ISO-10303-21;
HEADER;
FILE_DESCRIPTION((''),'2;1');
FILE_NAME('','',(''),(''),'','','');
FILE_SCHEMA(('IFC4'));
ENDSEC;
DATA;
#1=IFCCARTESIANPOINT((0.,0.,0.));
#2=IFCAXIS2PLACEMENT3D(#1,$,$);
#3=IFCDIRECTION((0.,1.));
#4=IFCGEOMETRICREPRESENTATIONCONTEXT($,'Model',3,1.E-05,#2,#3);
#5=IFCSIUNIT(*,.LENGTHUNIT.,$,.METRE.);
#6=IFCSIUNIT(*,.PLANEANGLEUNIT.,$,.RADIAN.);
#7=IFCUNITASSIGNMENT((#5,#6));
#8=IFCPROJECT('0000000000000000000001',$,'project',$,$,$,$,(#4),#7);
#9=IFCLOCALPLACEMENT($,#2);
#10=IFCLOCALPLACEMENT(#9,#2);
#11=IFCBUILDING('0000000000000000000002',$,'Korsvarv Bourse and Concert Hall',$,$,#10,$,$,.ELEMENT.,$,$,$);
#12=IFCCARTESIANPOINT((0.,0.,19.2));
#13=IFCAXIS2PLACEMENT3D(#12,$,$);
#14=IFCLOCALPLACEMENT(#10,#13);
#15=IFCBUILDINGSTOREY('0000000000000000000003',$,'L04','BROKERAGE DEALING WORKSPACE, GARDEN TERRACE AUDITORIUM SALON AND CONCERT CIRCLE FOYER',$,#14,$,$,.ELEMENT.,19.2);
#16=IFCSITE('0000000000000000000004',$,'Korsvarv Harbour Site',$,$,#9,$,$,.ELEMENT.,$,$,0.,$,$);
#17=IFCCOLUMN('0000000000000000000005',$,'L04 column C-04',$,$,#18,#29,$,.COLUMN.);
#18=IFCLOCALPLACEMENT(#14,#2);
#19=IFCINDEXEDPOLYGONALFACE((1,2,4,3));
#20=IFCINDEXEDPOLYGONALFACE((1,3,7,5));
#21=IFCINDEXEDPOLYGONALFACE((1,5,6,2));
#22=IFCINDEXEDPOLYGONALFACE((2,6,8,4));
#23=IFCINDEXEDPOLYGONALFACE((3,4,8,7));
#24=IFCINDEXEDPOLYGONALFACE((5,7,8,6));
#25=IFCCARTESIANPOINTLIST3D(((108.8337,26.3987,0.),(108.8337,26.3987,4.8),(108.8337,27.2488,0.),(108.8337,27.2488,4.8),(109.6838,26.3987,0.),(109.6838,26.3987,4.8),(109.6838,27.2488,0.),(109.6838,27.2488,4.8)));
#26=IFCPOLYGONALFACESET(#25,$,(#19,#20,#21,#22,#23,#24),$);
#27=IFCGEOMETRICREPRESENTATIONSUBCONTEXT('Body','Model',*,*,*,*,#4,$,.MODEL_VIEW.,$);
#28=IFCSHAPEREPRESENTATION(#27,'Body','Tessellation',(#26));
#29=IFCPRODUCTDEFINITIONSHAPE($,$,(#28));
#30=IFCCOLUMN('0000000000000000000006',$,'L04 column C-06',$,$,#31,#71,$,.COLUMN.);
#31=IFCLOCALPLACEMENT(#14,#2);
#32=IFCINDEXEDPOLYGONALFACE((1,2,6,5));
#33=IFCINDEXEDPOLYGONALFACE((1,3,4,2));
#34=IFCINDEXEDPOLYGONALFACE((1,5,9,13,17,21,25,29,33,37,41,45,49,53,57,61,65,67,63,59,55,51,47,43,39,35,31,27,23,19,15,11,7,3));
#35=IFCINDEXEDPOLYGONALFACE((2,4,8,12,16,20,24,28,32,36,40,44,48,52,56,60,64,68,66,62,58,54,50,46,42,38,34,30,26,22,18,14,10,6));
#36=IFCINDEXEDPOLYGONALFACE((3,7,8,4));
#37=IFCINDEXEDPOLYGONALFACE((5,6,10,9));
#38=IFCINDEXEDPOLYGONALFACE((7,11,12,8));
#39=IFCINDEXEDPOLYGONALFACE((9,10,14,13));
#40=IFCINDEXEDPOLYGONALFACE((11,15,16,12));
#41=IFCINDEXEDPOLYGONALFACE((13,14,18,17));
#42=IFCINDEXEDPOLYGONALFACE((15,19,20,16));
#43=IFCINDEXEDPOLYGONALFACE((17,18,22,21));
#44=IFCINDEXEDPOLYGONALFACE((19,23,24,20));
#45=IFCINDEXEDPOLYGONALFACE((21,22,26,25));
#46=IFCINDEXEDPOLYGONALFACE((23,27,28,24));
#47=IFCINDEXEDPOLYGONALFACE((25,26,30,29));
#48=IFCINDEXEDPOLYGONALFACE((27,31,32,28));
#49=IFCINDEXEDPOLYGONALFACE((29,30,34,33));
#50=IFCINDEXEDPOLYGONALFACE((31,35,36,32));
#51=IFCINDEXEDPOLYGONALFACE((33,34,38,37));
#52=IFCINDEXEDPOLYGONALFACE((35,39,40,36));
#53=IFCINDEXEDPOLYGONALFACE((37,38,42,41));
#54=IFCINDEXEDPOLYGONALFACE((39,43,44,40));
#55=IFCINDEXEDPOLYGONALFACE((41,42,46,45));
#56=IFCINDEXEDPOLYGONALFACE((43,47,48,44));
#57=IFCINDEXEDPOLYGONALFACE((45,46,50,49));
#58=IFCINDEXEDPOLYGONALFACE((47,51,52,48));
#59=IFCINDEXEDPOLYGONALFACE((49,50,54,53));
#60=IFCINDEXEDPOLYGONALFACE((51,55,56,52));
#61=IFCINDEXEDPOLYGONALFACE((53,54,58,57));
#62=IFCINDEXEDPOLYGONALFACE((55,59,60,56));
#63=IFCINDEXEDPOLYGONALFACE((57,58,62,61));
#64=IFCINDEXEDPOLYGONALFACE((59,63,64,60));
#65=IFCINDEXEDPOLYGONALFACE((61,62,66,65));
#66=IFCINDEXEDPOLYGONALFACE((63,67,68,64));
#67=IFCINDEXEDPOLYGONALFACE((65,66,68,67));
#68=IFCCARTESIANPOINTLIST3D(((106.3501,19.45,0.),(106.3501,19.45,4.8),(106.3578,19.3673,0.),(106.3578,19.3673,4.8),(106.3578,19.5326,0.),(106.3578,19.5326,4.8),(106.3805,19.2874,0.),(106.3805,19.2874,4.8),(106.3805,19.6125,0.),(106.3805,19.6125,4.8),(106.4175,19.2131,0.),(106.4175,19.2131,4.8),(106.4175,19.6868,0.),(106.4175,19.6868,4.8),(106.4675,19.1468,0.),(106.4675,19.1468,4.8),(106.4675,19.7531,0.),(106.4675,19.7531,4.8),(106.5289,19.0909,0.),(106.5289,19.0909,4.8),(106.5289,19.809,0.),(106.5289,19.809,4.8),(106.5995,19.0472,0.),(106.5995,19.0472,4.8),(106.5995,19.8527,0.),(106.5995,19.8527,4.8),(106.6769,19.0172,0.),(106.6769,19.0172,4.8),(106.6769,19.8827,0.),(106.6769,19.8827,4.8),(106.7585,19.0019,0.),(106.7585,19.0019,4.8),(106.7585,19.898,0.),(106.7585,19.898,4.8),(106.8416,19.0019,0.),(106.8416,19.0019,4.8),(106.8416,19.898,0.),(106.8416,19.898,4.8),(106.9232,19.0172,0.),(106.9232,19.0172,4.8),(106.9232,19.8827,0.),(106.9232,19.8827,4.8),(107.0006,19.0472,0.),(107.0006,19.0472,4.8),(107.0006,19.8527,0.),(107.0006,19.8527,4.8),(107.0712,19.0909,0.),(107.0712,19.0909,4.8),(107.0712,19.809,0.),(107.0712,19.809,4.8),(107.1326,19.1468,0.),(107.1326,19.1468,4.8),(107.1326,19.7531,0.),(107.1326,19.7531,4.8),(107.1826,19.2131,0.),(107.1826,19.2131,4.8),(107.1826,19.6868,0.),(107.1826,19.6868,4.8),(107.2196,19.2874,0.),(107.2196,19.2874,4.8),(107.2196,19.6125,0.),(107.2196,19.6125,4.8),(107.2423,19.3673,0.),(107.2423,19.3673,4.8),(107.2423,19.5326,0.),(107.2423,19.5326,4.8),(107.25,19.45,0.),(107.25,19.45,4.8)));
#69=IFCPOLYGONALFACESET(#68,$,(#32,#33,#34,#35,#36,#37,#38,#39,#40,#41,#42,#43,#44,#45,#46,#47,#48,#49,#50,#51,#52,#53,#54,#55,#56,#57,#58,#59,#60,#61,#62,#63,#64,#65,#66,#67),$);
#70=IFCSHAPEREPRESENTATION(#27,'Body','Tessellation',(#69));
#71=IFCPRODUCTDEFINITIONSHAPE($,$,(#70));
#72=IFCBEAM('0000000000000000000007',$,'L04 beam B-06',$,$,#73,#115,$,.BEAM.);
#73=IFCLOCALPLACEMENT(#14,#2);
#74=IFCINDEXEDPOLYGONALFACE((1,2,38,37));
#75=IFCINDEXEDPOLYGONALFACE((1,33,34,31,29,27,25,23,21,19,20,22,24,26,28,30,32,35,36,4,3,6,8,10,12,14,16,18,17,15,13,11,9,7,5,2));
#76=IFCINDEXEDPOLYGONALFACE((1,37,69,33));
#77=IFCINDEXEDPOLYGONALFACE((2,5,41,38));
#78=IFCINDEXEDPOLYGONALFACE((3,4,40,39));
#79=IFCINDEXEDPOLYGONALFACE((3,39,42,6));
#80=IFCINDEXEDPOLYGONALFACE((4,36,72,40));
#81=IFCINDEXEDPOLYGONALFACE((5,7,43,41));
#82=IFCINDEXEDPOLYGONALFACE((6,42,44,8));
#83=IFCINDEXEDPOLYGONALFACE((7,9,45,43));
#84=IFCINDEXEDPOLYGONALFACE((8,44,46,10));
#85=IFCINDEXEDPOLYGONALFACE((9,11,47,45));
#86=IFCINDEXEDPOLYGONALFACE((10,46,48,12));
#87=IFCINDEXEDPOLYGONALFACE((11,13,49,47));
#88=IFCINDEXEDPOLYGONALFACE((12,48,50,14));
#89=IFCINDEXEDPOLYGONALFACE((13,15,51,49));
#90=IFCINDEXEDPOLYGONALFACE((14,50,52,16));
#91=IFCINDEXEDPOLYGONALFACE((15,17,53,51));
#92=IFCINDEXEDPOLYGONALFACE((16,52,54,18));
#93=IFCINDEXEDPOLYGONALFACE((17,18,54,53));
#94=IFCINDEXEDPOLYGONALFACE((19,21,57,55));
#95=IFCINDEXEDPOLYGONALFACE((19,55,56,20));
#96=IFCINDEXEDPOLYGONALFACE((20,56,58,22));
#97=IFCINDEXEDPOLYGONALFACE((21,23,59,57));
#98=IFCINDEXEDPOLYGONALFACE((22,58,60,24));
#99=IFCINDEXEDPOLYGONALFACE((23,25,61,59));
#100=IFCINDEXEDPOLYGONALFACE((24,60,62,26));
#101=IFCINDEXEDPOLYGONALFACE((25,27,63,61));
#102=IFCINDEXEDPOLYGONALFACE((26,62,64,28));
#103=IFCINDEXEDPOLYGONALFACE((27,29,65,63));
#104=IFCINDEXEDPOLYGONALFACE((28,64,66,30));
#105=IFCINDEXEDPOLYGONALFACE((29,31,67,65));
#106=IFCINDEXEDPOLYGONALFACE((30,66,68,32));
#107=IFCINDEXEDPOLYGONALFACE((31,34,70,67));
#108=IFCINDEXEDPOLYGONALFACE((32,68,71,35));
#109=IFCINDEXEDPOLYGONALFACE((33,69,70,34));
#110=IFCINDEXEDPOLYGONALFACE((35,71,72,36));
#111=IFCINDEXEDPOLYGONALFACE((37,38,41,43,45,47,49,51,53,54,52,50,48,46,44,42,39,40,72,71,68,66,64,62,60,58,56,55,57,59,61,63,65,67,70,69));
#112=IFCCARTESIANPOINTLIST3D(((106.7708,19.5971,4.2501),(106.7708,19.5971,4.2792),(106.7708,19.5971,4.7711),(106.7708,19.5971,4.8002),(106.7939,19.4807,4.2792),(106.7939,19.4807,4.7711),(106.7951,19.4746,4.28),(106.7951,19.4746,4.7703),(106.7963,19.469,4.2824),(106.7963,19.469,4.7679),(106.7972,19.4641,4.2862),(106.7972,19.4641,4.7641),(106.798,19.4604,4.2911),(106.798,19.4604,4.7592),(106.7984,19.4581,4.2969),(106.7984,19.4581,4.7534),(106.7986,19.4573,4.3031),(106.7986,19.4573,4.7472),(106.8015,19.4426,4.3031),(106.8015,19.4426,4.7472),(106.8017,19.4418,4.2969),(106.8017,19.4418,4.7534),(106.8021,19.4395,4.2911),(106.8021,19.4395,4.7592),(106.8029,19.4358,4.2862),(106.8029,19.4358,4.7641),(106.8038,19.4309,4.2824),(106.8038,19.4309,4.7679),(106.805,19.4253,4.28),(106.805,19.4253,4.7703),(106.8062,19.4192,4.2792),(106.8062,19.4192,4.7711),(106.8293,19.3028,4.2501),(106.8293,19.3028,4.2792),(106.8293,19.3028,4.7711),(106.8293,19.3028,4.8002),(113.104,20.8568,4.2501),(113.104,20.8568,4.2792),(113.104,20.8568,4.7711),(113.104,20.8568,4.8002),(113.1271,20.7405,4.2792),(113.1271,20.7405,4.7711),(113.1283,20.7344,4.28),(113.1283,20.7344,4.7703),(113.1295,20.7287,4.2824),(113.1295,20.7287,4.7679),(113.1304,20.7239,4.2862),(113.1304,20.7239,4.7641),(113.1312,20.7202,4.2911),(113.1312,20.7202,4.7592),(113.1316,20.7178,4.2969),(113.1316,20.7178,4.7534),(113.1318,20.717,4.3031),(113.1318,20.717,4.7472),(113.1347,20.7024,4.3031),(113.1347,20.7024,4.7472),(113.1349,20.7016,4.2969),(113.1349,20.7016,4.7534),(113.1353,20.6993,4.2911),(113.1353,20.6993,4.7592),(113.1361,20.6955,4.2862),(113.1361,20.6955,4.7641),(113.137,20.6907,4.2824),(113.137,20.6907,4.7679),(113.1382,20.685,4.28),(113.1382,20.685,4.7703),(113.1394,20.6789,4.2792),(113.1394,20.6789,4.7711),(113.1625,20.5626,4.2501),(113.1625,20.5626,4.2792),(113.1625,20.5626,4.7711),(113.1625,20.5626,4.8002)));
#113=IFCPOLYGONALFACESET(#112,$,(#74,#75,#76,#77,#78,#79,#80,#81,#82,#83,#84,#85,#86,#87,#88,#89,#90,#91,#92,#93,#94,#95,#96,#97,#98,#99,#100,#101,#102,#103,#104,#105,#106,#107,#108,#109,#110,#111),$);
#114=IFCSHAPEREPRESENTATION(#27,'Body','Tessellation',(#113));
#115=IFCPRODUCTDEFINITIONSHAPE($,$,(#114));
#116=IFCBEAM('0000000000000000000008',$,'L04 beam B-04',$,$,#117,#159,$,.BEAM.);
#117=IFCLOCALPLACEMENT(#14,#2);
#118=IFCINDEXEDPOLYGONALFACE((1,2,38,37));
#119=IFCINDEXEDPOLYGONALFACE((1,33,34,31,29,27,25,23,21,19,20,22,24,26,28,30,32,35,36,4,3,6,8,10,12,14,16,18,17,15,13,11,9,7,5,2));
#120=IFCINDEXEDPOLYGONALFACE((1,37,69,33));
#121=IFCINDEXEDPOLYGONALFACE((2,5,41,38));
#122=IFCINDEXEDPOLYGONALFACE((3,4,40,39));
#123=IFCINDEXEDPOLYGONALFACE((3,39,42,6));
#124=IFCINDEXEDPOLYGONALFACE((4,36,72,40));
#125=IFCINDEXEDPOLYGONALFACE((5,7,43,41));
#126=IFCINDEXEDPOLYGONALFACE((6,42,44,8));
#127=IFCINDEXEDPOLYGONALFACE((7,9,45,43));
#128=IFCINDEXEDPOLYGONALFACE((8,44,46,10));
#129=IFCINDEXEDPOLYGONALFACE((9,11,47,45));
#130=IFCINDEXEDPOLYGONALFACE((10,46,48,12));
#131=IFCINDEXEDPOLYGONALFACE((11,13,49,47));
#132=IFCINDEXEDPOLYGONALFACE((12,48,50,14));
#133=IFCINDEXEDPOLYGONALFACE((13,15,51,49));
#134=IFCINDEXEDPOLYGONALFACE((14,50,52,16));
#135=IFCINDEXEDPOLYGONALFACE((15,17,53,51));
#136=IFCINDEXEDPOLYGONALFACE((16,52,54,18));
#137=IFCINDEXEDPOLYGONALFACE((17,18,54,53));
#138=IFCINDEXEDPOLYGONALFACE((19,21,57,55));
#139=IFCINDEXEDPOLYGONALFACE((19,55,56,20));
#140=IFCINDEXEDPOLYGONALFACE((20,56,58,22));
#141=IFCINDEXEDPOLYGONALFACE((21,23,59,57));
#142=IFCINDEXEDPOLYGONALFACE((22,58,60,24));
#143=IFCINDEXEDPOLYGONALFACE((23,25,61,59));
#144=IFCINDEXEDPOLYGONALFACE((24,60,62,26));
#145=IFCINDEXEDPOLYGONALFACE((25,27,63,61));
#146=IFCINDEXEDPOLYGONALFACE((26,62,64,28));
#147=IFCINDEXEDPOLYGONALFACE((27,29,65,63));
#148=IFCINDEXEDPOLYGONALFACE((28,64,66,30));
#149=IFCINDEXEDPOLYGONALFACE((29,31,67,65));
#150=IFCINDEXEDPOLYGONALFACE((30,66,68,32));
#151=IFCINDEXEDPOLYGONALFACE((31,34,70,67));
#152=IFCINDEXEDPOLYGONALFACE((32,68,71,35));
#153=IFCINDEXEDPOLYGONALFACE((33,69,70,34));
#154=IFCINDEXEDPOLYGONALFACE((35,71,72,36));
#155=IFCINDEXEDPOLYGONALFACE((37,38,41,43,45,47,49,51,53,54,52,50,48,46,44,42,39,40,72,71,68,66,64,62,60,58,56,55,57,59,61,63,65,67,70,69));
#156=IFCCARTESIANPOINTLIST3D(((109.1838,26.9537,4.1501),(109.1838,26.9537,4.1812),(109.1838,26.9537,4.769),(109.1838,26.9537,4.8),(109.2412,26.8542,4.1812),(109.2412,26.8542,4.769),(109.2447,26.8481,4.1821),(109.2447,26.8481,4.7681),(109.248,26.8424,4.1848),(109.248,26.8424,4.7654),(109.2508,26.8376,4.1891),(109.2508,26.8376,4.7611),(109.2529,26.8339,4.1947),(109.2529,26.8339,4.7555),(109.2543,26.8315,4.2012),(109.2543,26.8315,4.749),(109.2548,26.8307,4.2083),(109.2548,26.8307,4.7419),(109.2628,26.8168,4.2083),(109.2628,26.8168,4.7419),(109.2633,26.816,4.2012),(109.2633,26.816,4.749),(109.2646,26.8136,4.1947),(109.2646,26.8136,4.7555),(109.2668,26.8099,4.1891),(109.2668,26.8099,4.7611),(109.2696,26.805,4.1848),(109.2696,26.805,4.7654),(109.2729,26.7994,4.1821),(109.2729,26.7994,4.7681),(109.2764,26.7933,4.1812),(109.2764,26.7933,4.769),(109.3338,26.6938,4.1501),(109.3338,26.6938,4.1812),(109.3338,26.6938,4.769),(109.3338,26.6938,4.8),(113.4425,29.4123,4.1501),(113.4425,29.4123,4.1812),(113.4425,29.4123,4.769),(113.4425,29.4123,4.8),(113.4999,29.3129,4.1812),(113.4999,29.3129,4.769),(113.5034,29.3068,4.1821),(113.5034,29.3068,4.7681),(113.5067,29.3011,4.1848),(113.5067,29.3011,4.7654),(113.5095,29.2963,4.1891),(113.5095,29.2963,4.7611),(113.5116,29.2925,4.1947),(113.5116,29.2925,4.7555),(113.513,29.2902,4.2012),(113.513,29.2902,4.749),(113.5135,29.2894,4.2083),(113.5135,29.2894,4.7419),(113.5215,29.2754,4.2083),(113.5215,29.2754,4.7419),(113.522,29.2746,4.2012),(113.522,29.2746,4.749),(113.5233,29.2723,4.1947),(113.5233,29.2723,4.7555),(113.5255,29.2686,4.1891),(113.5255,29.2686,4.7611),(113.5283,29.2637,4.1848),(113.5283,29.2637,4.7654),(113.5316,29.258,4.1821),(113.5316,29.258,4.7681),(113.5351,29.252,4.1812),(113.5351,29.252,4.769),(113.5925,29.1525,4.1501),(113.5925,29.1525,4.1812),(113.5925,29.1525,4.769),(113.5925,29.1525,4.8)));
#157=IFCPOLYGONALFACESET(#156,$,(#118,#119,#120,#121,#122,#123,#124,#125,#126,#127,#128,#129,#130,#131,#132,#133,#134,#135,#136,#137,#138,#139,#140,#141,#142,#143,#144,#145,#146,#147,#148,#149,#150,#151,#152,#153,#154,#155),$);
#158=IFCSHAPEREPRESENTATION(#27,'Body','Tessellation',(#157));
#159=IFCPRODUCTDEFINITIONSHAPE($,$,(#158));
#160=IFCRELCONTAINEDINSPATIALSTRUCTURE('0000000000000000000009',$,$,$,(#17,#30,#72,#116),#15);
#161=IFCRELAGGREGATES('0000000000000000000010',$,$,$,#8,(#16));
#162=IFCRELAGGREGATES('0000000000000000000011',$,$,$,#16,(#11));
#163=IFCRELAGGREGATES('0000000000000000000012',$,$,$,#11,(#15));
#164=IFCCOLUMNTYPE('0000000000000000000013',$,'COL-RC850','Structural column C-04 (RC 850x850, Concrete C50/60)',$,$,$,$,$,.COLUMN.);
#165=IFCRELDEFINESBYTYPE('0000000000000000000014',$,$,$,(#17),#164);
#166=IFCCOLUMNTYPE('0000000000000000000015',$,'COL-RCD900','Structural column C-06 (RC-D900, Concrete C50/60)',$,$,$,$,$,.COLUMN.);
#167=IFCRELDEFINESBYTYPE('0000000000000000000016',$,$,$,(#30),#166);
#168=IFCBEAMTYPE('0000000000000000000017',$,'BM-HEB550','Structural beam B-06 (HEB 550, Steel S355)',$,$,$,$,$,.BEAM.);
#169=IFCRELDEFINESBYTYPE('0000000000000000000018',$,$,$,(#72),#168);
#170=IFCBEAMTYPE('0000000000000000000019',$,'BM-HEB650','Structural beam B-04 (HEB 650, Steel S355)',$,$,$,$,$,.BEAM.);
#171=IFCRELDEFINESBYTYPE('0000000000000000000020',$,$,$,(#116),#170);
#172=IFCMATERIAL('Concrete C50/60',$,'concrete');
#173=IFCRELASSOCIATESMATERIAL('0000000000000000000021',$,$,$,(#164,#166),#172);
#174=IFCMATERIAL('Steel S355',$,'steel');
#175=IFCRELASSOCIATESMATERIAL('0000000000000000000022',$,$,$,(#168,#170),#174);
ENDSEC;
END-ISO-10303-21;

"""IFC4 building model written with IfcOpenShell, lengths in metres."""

from ifc_helpers import new_model, si_unit, direction, frame, origin, origin_2d, place, context, subcontext, project, spatial, rectangle, circle, i_section, extrude, source, transform, mapped, material, material_profile, profile_set, type_object, element, save


model = new_model("IFC4")

# Units and contexts
model_context = context("Model", 3, precision=1e-05, world=origin(), true_north=direction((0.0, 1.0)))
body_context = subcontext(model_context, "Body", "Model", "MODEL_VIEW")
ifc_project = project(units=[si_unit("LENGTHUNIT", "METRE"), si_unit("PLANEANGLEUNIT", "RADIAN")], contexts=[model_context])

# Site, building, storey
site_placement = place(None, origin())
site = spatial("IfcSite", under=ifc_project, at=site_placement, Name="Korsvarv Harbour Site", CompositionType="ELEMENT", RefElevation=0.0)
building_placement = place(site_placement, origin())
building = spatial("IfcBuilding", under=site, at=building_placement, Name="Korsvarv Bourse and Concert Hall", CompositionType="ELEMENT")
storey_placement = place(building_placement, frame((0.0, 0.0, 19.2)))
storey = spatial("IfcBuildingStorey", under=building, at=storey_placement, Name="L04", Description="BROKERAGE DEALING WORKSPACE, GARDEN TERRACE AUDITORIUM SALON AND CONCERT CIRCLE FOYER", CompositionType="ELEMENT", Elevation=19.2)

# Columns
ifc_material_1 = material(Name="Concrete C50/60", Category="concrete")
ifc_material_profile_1 = material_profile(ifc_material_1, rectangle(XDim=0.8501, YDim=0.8501, at=origin_2d()), Name="RC 850x850")
ifc_profile_set_1 = profile_set([ifc_material_profile_1], Name="Concrete C50/60")
column_type_1 = type_object("IfcColumnType", Name="COL-RC850", Description="Structural column C-04 (RC 850x850, Concrete C50/60)", PredefinedType="COLUMN", material=ifc_profile_set_1)
shared_shape_1 = source(origin(), body_context, "Body", "SweptSolid", [
    extrude(rectangle(XDim=0.8501, YDim=0.8501, at=origin_2d()), origin(), (0.0, 0.0, 1.0), 4.8),
])
column_1_placement = place(storey_placement, frame((109.2588, 26.8237, 0.0), z_axis=(0.0, 0.0, 1.0), x_axis=(1.0, 0.0, 0.0)))
element("IfcColumn", 1, at=column_1_placement, inside=storey, type_object=column_type_1, Name="L04 column C-04", PredefinedType="COLUMN", context=body_context, shape_type="MappedRepresentation", body=[
    mapped(shared_shape_1, transform((0.0, 0.0, 0.0), scale=1.0)),
])
ifc_material_profile_2 = material_profile(ifc_material_1, circle(Radius=0.45, at=origin_2d()), Name="RC-D900")
ifc_profile_set_2 = profile_set([ifc_material_profile_2], Name="Concrete C50/60")
column_type_2 = type_object("IfcColumnType", Name="COL-RCD900", Description="Structural column C-06 (RC-D900, Concrete C50/60)", PredefinedType="COLUMN", material=ifc_profile_set_2)
shared_shape_2 = source(origin(), body_context, "Body", "SweptSolid", [
    extrude(circle(Radius=0.45, at=origin_2d()), origin(), (0.0, 0.0, 1.0), 4.8),
])
column_2_placement = place(storey_placement, frame((106.8, 19.45, 0.0), z_axis=(0.0, 0.0, 1.0), x_axis=(1.0, 0.0, 0.0)))
element("IfcColumn", 2, at=column_2_placement, inside=storey, type_object=column_type_2, Name="L04 column C-06", PredefinedType="COLUMN", context=body_context, shape_type="MappedRepresentation", body=[
    mapped(shared_shape_2, transform((0.0, 0.0, 0.0), scale=1.0)),
])

# Beams
ifc_material_2 = material(Name="Steel S355", Category="steel")
ifc_material_profile_3 = material_profile(ifc_material_2, i_section(OverallWidth=0.3, OverallDepth=0.55, WebThickness=0.0149, FlangeThickness=0.0291, FilletRadius=0.0239, at=origin_2d()), Name="HEB 550")
ifc_profile_set_3 = profile_set([ifc_material_profile_3], Name="Steel S355")
beam_type_1 = type_object("IfcBeamType", Name="BM-HEB550", Description="Structural beam B-06 (HEB 550, Steel S355)", PredefinedType="BEAM", material=ifc_profile_set_3)
shared_shape_3 = source(origin(), body_context, "Body", "SweptSolid", [
    extrude(i_section(OverallWidth=0.3, OverallDepth=0.55, WebThickness=0.0149, FlangeThickness=0.0291, FilletRadius=0.0239, at=origin_2d()), origin(), (0.0, 0.0, 1.0), 6.4573),
])
beam_1_placement = place(storey_placement, frame((106.8, 19.45, 4.5251), z_axis=(0.980785, 0.195091, 0.0), x_axis=(-0.195091, 0.980785, 0.0)))
element("IfcBeam", 3, at=beam_1_placement, inside=storey, type_object=beam_type_1, Name="L04 beam B-06", PredefinedType="BEAM", context=body_context, shape_type="MappedRepresentation", body=[
    mapped(shared_shape_3, transform((0.0, 0.0, 0.0), scale=1.0)),
])
ifc_material_profile_4 = material_profile(ifc_material_2, i_section(OverallWidth=0.3, OverallDepth=0.6499, WebThickness=0.0161, FlangeThickness=0.031, FilletRadius=0.0271, at=origin_2d()), Name="HEB 650")
ifc_profile_set_4 = profile_set([ifc_material_profile_4], Name="Steel S355")
beam_type_2 = type_object("IfcBeamType", Name="BM-HEB650", Description="Structural beam B-04 (HEB 650, Steel S355)", PredefinedType="BEAM", material=ifc_profile_set_4)
shared_shape_4 = source(origin(), body_context, "Body", "SweptSolid", [
    extrude(i_section(OverallWidth=0.3, OverallDepth=0.6499, WebThickness=0.0161, FlangeThickness=0.031, FilletRadius=0.0271, at=origin_2d()), origin(), (0.0, 0.0, 1.0), 4.9175),
])
beam_2_placement = place(storey_placement, frame((109.2588, 26.8237, 4.4751), z_axis=(0.866032, 0.499989, 0.0), x_axis=(-0.499989, 0.866032, 0.0)))
element("IfcBeam", 4, at=beam_2_placement, inside=storey, type_object=beam_type_2, Name="L04 beam B-04", PredefinedType="BEAM", context=body_context, shape_type="MappedRepresentation", body=[
    mapped(shared_shape_4, transform((0.0, 0.0, 0.0), scale=1.0)),
])

save(model, "model.ifc")
